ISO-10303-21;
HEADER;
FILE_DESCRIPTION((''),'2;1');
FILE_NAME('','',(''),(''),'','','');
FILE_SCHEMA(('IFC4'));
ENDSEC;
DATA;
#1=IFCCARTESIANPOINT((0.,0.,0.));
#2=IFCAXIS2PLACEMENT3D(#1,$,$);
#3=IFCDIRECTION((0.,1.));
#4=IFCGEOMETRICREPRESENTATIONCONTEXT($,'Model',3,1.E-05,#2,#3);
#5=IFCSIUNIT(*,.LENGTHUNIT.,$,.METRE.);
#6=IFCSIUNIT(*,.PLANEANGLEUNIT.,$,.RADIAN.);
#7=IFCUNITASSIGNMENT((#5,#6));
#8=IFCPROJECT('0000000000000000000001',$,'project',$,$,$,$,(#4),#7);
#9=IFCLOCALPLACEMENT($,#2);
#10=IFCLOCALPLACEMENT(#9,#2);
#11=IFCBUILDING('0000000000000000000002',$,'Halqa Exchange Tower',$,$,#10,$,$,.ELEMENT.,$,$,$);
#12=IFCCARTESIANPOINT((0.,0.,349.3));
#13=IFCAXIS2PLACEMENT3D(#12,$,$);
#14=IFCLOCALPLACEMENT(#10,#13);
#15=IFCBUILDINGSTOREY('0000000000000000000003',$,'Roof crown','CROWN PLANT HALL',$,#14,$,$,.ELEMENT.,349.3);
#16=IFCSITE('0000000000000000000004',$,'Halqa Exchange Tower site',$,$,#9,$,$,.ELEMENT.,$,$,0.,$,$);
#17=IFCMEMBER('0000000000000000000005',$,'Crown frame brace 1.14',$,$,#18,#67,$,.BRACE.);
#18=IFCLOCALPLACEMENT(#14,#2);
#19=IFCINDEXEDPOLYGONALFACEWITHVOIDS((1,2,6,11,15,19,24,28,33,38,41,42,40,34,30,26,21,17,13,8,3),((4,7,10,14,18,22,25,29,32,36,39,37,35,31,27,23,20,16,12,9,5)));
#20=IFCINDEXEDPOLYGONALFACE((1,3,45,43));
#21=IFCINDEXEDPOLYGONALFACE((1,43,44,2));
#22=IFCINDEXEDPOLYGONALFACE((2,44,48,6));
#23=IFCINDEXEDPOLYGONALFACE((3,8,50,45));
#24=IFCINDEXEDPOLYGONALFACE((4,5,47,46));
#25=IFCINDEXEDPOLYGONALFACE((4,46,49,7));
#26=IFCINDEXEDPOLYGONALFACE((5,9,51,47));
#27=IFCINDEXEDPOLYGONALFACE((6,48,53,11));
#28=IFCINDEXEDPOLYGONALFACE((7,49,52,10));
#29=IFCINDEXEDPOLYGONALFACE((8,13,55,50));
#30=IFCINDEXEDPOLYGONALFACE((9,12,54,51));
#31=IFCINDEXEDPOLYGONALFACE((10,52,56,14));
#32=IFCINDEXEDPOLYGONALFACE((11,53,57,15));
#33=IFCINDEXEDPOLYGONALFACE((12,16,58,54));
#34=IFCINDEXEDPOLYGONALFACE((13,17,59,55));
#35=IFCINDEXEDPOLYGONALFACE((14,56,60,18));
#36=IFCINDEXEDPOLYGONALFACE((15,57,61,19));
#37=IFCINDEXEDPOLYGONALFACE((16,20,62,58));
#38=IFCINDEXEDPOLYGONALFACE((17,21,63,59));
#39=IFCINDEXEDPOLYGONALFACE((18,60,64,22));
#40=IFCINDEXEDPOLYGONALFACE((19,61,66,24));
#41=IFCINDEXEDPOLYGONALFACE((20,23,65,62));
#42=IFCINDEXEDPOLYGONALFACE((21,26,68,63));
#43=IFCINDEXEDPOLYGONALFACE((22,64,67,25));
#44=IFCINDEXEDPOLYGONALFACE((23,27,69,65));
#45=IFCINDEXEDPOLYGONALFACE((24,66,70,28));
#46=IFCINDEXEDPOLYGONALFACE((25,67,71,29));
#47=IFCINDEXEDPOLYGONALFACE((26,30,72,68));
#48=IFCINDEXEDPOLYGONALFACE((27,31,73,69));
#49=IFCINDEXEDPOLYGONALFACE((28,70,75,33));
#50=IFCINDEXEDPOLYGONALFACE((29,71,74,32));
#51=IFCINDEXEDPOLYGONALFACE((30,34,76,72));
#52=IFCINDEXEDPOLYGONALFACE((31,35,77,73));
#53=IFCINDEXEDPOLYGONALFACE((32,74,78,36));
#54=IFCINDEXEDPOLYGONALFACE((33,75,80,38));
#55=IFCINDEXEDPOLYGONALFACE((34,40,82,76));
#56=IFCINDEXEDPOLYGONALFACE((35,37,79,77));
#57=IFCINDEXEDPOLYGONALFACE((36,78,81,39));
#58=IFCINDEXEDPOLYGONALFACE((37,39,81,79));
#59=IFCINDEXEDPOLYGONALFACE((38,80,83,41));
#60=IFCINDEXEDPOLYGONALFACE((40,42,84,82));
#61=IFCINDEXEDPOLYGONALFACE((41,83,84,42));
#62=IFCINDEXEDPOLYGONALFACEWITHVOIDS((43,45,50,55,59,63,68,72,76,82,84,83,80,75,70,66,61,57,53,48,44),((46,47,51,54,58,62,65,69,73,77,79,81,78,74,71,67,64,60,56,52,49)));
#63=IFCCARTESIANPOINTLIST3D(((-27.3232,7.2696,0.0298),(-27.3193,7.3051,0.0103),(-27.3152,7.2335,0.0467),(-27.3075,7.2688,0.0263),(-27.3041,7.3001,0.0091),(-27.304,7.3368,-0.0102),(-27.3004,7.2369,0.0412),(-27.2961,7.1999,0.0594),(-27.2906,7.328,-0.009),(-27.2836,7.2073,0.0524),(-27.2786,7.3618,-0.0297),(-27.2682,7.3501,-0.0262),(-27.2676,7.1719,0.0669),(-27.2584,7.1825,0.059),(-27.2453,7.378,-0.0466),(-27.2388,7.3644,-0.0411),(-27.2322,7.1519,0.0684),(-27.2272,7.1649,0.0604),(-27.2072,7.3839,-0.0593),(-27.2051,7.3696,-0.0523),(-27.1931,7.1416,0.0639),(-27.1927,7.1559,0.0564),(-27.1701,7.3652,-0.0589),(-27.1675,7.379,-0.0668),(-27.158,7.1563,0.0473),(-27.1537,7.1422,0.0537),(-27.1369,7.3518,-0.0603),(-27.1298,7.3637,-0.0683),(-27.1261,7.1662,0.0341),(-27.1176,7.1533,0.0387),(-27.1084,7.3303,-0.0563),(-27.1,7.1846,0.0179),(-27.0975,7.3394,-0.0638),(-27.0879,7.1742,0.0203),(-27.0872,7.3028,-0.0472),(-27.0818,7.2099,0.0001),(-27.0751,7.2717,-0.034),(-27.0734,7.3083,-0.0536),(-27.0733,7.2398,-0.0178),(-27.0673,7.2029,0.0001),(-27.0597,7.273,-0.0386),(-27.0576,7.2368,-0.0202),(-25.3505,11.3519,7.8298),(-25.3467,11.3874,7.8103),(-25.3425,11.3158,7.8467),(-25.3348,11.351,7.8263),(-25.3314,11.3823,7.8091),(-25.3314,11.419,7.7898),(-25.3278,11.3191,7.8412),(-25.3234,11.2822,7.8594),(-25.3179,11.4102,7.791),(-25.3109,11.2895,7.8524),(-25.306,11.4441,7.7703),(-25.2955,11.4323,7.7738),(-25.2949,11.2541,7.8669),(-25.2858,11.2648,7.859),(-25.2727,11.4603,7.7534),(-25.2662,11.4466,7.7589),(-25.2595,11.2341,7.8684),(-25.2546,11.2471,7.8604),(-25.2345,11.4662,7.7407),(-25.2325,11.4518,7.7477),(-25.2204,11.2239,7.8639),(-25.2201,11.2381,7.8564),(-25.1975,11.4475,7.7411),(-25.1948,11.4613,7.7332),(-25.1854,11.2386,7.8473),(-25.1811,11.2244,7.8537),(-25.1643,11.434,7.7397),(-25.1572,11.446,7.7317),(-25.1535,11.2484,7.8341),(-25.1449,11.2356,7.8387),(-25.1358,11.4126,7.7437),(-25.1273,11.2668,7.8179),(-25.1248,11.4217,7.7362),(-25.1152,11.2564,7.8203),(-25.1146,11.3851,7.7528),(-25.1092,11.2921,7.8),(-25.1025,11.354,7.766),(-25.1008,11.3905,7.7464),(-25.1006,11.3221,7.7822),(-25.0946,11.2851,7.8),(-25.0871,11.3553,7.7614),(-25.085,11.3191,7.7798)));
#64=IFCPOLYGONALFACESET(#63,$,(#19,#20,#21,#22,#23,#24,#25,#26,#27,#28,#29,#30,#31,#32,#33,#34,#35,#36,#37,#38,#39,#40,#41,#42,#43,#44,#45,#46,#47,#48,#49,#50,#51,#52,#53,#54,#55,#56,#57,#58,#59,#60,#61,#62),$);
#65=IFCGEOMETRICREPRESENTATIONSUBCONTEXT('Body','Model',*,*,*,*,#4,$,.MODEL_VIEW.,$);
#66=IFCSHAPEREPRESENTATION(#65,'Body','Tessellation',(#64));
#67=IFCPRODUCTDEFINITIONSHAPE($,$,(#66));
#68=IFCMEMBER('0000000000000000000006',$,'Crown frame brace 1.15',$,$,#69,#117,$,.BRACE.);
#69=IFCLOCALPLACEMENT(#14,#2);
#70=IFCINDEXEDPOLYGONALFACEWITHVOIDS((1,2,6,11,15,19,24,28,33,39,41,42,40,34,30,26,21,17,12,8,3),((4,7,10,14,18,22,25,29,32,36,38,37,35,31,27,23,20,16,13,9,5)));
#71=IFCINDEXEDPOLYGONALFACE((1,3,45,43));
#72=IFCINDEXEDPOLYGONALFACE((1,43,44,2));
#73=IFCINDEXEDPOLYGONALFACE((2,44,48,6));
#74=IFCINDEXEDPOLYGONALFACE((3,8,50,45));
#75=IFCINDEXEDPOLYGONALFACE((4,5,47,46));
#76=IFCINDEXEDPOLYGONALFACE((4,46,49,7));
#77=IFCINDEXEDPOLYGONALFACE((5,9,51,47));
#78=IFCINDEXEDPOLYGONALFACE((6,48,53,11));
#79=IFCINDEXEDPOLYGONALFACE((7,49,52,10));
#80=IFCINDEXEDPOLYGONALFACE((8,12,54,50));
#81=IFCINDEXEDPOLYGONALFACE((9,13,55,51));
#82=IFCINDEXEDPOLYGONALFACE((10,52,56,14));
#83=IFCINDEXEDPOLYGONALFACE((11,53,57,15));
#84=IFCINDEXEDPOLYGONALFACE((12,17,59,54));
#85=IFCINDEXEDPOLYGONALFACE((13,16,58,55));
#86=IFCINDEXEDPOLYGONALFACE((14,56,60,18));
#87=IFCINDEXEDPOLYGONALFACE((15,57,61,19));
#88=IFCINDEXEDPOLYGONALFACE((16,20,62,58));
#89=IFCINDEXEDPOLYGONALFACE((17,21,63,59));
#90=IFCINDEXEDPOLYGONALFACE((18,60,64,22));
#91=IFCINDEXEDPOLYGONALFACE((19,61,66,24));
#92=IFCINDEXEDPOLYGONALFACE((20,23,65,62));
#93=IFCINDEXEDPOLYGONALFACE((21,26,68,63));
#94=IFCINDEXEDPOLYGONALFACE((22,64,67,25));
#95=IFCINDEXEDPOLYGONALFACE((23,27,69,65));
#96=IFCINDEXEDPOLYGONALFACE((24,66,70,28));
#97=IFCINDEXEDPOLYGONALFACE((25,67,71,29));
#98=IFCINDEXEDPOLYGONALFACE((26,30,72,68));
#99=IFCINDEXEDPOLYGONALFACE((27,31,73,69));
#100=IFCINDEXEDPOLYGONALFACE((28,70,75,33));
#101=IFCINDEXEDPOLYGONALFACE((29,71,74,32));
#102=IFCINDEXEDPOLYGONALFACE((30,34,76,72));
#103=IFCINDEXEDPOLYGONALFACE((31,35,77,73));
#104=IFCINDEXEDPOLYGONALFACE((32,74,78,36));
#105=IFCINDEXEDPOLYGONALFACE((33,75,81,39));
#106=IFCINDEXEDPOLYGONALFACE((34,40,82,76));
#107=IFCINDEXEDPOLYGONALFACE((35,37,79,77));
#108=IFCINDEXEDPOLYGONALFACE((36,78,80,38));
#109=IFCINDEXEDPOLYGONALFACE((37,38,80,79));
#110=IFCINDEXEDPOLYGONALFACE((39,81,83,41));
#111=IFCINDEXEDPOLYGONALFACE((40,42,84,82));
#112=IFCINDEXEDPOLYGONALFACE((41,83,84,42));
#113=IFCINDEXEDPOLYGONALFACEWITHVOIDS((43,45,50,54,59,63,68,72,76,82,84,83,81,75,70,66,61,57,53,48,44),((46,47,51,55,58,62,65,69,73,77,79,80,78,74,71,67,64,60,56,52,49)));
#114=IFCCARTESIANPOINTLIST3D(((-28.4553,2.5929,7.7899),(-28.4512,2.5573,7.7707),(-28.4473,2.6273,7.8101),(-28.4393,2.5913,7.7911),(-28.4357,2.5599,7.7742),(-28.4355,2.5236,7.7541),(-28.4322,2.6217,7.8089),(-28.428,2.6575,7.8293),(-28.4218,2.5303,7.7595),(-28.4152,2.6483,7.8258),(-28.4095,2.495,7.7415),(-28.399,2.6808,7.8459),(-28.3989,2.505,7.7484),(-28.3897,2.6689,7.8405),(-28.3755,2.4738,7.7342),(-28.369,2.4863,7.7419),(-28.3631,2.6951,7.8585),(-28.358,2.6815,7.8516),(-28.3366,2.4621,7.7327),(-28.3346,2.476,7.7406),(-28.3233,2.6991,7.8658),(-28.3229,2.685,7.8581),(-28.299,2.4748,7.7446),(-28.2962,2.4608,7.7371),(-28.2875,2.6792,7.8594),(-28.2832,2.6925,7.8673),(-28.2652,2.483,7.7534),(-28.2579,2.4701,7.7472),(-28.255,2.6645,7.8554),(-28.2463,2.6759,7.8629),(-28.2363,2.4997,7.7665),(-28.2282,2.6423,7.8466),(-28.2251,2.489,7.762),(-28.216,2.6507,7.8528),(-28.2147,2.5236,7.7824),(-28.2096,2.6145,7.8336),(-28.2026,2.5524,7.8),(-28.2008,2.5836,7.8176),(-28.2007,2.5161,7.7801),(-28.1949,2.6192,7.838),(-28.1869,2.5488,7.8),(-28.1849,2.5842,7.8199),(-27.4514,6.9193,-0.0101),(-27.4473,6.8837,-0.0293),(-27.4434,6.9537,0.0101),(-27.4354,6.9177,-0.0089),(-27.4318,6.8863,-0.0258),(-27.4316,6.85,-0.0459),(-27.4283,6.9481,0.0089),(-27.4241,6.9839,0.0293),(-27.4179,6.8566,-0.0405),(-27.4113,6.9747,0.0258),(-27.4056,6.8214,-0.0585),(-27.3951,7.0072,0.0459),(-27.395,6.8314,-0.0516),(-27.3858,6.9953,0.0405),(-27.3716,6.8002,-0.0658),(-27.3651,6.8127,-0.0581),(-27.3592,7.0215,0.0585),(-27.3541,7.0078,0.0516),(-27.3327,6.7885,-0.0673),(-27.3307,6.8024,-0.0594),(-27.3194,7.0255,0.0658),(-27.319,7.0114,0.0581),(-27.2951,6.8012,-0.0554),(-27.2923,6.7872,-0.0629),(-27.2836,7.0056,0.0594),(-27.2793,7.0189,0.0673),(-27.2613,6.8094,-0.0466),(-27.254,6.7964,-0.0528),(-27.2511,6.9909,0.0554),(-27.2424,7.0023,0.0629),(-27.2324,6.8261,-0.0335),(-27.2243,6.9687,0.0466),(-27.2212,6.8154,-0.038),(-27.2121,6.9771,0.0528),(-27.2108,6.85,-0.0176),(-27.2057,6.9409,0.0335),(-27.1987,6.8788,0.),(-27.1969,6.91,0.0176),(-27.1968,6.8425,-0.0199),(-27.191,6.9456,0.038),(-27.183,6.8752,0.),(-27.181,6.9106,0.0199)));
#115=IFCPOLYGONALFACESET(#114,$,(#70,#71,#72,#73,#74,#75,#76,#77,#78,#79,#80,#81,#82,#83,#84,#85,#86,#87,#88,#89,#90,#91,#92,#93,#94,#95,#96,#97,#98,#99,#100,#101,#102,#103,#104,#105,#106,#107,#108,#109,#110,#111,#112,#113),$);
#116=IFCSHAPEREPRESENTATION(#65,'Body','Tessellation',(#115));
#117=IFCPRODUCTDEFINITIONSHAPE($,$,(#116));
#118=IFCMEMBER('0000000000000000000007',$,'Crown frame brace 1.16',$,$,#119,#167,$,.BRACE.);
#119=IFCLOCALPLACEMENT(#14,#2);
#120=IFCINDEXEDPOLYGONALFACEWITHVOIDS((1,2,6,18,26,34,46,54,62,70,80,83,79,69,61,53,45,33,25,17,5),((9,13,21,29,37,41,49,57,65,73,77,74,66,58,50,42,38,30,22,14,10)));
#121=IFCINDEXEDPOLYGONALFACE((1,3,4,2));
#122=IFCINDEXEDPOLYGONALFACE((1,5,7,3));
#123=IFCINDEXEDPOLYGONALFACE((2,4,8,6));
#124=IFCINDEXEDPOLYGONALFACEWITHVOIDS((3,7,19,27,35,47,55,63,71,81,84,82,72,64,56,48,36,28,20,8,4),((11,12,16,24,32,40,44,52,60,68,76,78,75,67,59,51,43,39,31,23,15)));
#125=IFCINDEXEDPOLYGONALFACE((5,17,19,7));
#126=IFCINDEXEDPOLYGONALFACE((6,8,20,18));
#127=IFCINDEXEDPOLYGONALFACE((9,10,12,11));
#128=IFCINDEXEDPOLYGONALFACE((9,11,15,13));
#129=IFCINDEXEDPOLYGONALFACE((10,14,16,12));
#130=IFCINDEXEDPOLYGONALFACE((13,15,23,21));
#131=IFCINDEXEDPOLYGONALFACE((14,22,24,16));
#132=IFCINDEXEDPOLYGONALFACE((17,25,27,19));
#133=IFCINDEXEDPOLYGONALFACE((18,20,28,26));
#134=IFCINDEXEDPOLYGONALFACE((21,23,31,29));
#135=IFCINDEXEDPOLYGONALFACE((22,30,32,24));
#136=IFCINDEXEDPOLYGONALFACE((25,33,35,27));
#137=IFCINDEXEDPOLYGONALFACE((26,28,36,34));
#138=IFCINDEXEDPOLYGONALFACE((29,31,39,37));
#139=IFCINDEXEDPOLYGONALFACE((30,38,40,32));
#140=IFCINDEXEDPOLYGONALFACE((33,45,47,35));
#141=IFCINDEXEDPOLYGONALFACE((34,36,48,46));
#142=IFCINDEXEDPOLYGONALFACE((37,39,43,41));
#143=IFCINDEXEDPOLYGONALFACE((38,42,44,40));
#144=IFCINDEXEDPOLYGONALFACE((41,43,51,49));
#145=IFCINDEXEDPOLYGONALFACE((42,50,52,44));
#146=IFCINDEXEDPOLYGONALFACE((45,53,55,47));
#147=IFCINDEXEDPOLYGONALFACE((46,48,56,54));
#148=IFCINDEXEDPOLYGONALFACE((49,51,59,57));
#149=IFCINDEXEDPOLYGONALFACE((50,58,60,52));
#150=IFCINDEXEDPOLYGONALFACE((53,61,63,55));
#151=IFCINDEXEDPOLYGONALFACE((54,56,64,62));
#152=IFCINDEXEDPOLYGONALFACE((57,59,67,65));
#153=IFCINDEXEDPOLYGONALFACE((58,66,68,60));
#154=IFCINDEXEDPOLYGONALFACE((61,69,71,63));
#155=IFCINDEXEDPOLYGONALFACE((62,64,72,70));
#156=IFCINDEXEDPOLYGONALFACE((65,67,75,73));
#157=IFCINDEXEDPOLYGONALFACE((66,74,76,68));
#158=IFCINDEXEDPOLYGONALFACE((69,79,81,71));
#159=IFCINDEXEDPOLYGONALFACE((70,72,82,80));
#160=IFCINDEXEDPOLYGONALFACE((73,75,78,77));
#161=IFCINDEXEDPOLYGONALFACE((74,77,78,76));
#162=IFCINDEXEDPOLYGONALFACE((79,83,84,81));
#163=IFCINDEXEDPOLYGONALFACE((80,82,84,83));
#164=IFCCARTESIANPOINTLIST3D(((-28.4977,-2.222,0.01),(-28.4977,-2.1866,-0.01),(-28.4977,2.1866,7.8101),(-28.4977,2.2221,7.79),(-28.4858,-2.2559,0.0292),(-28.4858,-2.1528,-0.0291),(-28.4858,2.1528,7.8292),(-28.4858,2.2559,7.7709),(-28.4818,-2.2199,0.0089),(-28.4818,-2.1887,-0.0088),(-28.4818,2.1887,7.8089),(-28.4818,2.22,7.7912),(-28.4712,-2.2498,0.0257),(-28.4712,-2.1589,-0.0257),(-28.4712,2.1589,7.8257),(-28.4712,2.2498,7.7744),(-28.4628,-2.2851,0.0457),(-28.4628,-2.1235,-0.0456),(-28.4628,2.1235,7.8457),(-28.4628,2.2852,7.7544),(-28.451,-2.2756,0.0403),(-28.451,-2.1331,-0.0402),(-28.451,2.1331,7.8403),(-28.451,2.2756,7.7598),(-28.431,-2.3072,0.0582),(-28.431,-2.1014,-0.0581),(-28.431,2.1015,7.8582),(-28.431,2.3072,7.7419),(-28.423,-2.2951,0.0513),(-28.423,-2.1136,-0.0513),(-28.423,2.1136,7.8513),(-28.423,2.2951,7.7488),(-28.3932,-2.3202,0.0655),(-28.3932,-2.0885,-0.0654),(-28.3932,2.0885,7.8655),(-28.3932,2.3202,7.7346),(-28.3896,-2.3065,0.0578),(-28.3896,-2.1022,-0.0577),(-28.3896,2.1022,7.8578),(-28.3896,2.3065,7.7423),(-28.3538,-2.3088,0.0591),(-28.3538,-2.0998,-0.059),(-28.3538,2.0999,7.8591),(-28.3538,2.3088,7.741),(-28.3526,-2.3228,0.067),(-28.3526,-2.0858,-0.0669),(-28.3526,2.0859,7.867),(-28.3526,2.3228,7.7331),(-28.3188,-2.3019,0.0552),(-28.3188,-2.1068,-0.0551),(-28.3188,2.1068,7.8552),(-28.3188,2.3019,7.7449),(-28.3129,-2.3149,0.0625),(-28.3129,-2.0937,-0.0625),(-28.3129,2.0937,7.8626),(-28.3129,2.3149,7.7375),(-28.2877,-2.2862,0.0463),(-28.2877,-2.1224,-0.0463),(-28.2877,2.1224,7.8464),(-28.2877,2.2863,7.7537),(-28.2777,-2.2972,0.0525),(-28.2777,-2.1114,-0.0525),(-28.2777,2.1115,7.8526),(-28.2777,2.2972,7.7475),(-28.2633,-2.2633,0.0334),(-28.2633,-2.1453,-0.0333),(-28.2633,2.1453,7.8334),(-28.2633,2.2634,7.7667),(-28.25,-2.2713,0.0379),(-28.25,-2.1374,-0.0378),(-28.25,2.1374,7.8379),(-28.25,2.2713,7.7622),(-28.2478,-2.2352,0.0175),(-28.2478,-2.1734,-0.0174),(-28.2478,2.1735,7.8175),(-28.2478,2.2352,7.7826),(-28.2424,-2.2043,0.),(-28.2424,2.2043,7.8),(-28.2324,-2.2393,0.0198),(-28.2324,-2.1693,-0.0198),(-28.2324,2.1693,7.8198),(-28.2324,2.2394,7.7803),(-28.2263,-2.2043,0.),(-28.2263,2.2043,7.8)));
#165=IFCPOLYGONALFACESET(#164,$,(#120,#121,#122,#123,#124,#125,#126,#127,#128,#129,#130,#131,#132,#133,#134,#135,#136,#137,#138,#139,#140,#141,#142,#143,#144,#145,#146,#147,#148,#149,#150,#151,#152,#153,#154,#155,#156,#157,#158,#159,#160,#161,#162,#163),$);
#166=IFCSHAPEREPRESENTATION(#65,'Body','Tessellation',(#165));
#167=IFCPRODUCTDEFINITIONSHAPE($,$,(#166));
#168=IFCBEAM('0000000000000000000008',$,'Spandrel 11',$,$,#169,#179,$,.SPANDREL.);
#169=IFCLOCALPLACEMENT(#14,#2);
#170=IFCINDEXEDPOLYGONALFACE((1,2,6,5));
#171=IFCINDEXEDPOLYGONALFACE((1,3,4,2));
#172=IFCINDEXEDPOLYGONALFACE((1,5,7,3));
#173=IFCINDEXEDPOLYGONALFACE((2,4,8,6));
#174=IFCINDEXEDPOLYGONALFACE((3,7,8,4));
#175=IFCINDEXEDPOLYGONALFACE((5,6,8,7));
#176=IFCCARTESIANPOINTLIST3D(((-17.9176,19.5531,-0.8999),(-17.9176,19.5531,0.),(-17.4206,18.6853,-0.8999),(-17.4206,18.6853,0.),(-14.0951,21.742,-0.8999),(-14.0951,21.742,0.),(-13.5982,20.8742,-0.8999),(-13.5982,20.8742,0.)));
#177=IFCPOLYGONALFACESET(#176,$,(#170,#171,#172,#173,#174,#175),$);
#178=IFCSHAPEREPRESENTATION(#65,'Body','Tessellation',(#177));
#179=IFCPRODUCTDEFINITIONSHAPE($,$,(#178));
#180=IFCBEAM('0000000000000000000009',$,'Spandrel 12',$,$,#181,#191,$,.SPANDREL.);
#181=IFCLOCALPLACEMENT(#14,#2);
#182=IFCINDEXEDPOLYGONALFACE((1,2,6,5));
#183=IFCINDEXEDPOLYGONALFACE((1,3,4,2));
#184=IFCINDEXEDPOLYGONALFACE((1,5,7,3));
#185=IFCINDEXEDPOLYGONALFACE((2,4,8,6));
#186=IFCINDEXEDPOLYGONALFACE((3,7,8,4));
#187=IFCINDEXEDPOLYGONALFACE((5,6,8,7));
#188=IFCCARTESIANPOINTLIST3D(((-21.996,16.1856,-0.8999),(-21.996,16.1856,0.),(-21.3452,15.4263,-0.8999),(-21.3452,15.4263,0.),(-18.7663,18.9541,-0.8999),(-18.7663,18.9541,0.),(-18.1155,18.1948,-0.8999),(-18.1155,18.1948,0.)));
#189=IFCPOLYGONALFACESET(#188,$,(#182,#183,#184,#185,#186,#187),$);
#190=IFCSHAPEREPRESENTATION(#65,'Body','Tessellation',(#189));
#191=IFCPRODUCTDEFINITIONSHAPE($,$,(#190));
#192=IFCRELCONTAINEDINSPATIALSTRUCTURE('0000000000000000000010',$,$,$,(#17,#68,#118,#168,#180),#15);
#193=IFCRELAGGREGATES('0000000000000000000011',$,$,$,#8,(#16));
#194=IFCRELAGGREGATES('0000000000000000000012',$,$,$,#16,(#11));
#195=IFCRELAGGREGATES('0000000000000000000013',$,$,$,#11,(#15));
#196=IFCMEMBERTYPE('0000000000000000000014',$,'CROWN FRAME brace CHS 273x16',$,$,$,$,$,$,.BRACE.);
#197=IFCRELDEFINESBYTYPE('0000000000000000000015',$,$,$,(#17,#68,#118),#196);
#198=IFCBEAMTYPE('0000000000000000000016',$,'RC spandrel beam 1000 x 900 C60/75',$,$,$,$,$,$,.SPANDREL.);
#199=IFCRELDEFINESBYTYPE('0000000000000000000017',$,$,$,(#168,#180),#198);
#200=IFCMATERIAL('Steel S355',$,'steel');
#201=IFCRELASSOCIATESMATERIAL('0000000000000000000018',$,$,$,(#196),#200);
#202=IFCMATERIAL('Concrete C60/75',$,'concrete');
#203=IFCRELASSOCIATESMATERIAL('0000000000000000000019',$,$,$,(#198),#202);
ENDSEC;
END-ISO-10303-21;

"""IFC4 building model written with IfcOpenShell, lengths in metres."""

from ifc_helpers import new_model, si_unit, direction, frame, origin, origin_2d, place, context, subcontext, project, spatial, rectangle, hollow_circle, extrude, material, material_profile, profile_set, type_object, element, save


model = new_model("IFC4")

# Units and contexts
model_context = context("Model", 3, precision=1e-05, world=origin(), true_north=direction((0.0, 1.0)))
body_context = subcontext(model_context, "Body", "Model", "MODEL_VIEW")
ifc_project = project(units=[si_unit("LENGTHUNIT", "METRE"), si_unit("PLANEANGLEUNIT", "RADIAN")], contexts=[model_context])

# Site, building, storey
site_placement = place(None, origin())
site = spatial("IfcSite", under=ifc_project, at=site_placement, Name="Halqa Exchange Tower site", CompositionType="ELEMENT", RefElevation=0.0)
building_placement = place(site_placement, origin())
building = spatial("IfcBuilding", under=site, at=building_placement, Name="Halqa Exchange Tower", CompositionType="ELEMENT")
storey_placement = place(building_placement, frame((0.0, 0.0, 349.3)))
storey = spatial("IfcBuildingStorey", under=building, at=storey_placement, Name="Roof crown", Description="CROWN PLANT HALL", CompositionType="ELEMENT", Elevation=349.3)

# Shared definitions
ifc_material_1 = material(Name="Steel S355", Category="steel")

# Members
ifc_material_profile_1 = material_profile(ifc_material_1, hollow_circle(Radius=0.1365, WallThickness=0.0161, at=origin_2d()), Name="CHS 273x16")
ifc_profile_set_1 = profile_set([ifc_material_profile_1], Name="Steel S355")
member_type = type_object("IfcMemberType", Name="CROWN FRAME brace CHS 273x16", PredefinedType="BRACE", material=ifc_profile_set_1)
member_1_placement = place(storey_placement, frame((-25.2175, 11.3445, 7.8), z_axis=(-0.218649, -0.452478, -0.864555), x_axis=(0.900387, -0.435089, 0.0)))
element("IfcMember", 1, at=member_1_placement, inside=storey, type_object=member_type, Name="Crown frame brace 1.14", PredefinedType="BRACE", context=body_context, shape_type="SweptSolid", body=[
    extrude(hollow_circle(Radius=0.1365, WallThickness=0.0161, at=origin_2d()), origin(), (0.0, 0.0, 1.0), 9.022),
])
member_2_placement = place(storey_placement, frame((-27.3159, 6.906, 0.0), z_axis=(-0.111845, -0.482005, 0.869001), x_axis=(0.974119, -0.226036, 0.0)))
element("IfcMember", 2, at=member_2_placement, inside=storey, type_object=member_type, Name="Crown frame brace 1.15", PredefinedType="BRACE", context=body_context, shape_type="SweptSolid", body=[
    extrude(hollow_circle(Radius=0.1365, WallThickness=0.0161, at=origin_2d()), origin(), (0.0, 0.0, 1.0), 8.9758),
])
member_3_placement = place(storey_placement, frame((-28.3628, 2.2043, 7.8), z_axis=(0.0, -0.492055, -0.870564), x_axis=(1.0, 0.0, 0.0)))
element("IfcMember", 3, at=member_3_placement, inside=storey, type_object=member_type, Name="Crown frame brace 1.16", PredefinedType="BRACE", context=body_context, shape_type="SweptSolid", body=[
    extrude(hollow_circle(Radius=0.1365, WallThickness=0.0161, at=origin_2d()), origin(), (0.0, 0.0, 1.0), 8.9597),
])

# Beams
ifc_material_2 = material(Name="Concrete C60/75", Category="concrete")
ifc_material_profile_2 = material_profile(ifc_material_2, rectangle(XDim=1.0, YDim=0.8999, at=origin_2d()), Name="1000 x 900")
ifc_profile_set_2 = profile_set([ifc_material_profile_2], Name="Concrete C60/75")
beam_type = type_object("IfcBeamType", Name="RC spandrel beam 1000 x 900 C60/75", PredefinedType="SPANDREL", material=ifc_profile_set_2)
beam_1_placement = place(storey_placement, frame((-13.8467, 21.3081, -0.45), z_axis=(-0.867786, -0.496939, 0.0), x_axis=(0.496939, -0.867786, 0.0)))
element("IfcBeam", 4, at=beam_1_placement, inside=storey, type_object=beam_type, Name="Spandrel 11", PredefinedType="SPANDREL", context=body_context, shape_type="SweptSolid", body=[
    extrude(rectangle(XDim=1.0, YDim=0.8999, at=origin_2d()), origin(), (0.0, 0.0, 1.0), 4.4048),
])
beam_2_placement = place(storey_placement, frame((-18.4409, 18.5745, -0.45), z_axis=(-0.759232, -0.65082, 0.0), x_axis=(0.65082, -0.759232, 0.0)))
element("IfcBeam", 5, at=beam_2_placement, inside=storey, type_object=beam_type, Name="Spandrel 12", PredefinedType="SPANDREL", context=body_context, shape_type="SweptSolid", body=[
    extrude(rectangle(XDim=1.0, YDim=0.8999, at=origin_2d()), origin(), (0.0, 0.0, 1.0), 4.2539),
])

save(model, "model.ifc")
